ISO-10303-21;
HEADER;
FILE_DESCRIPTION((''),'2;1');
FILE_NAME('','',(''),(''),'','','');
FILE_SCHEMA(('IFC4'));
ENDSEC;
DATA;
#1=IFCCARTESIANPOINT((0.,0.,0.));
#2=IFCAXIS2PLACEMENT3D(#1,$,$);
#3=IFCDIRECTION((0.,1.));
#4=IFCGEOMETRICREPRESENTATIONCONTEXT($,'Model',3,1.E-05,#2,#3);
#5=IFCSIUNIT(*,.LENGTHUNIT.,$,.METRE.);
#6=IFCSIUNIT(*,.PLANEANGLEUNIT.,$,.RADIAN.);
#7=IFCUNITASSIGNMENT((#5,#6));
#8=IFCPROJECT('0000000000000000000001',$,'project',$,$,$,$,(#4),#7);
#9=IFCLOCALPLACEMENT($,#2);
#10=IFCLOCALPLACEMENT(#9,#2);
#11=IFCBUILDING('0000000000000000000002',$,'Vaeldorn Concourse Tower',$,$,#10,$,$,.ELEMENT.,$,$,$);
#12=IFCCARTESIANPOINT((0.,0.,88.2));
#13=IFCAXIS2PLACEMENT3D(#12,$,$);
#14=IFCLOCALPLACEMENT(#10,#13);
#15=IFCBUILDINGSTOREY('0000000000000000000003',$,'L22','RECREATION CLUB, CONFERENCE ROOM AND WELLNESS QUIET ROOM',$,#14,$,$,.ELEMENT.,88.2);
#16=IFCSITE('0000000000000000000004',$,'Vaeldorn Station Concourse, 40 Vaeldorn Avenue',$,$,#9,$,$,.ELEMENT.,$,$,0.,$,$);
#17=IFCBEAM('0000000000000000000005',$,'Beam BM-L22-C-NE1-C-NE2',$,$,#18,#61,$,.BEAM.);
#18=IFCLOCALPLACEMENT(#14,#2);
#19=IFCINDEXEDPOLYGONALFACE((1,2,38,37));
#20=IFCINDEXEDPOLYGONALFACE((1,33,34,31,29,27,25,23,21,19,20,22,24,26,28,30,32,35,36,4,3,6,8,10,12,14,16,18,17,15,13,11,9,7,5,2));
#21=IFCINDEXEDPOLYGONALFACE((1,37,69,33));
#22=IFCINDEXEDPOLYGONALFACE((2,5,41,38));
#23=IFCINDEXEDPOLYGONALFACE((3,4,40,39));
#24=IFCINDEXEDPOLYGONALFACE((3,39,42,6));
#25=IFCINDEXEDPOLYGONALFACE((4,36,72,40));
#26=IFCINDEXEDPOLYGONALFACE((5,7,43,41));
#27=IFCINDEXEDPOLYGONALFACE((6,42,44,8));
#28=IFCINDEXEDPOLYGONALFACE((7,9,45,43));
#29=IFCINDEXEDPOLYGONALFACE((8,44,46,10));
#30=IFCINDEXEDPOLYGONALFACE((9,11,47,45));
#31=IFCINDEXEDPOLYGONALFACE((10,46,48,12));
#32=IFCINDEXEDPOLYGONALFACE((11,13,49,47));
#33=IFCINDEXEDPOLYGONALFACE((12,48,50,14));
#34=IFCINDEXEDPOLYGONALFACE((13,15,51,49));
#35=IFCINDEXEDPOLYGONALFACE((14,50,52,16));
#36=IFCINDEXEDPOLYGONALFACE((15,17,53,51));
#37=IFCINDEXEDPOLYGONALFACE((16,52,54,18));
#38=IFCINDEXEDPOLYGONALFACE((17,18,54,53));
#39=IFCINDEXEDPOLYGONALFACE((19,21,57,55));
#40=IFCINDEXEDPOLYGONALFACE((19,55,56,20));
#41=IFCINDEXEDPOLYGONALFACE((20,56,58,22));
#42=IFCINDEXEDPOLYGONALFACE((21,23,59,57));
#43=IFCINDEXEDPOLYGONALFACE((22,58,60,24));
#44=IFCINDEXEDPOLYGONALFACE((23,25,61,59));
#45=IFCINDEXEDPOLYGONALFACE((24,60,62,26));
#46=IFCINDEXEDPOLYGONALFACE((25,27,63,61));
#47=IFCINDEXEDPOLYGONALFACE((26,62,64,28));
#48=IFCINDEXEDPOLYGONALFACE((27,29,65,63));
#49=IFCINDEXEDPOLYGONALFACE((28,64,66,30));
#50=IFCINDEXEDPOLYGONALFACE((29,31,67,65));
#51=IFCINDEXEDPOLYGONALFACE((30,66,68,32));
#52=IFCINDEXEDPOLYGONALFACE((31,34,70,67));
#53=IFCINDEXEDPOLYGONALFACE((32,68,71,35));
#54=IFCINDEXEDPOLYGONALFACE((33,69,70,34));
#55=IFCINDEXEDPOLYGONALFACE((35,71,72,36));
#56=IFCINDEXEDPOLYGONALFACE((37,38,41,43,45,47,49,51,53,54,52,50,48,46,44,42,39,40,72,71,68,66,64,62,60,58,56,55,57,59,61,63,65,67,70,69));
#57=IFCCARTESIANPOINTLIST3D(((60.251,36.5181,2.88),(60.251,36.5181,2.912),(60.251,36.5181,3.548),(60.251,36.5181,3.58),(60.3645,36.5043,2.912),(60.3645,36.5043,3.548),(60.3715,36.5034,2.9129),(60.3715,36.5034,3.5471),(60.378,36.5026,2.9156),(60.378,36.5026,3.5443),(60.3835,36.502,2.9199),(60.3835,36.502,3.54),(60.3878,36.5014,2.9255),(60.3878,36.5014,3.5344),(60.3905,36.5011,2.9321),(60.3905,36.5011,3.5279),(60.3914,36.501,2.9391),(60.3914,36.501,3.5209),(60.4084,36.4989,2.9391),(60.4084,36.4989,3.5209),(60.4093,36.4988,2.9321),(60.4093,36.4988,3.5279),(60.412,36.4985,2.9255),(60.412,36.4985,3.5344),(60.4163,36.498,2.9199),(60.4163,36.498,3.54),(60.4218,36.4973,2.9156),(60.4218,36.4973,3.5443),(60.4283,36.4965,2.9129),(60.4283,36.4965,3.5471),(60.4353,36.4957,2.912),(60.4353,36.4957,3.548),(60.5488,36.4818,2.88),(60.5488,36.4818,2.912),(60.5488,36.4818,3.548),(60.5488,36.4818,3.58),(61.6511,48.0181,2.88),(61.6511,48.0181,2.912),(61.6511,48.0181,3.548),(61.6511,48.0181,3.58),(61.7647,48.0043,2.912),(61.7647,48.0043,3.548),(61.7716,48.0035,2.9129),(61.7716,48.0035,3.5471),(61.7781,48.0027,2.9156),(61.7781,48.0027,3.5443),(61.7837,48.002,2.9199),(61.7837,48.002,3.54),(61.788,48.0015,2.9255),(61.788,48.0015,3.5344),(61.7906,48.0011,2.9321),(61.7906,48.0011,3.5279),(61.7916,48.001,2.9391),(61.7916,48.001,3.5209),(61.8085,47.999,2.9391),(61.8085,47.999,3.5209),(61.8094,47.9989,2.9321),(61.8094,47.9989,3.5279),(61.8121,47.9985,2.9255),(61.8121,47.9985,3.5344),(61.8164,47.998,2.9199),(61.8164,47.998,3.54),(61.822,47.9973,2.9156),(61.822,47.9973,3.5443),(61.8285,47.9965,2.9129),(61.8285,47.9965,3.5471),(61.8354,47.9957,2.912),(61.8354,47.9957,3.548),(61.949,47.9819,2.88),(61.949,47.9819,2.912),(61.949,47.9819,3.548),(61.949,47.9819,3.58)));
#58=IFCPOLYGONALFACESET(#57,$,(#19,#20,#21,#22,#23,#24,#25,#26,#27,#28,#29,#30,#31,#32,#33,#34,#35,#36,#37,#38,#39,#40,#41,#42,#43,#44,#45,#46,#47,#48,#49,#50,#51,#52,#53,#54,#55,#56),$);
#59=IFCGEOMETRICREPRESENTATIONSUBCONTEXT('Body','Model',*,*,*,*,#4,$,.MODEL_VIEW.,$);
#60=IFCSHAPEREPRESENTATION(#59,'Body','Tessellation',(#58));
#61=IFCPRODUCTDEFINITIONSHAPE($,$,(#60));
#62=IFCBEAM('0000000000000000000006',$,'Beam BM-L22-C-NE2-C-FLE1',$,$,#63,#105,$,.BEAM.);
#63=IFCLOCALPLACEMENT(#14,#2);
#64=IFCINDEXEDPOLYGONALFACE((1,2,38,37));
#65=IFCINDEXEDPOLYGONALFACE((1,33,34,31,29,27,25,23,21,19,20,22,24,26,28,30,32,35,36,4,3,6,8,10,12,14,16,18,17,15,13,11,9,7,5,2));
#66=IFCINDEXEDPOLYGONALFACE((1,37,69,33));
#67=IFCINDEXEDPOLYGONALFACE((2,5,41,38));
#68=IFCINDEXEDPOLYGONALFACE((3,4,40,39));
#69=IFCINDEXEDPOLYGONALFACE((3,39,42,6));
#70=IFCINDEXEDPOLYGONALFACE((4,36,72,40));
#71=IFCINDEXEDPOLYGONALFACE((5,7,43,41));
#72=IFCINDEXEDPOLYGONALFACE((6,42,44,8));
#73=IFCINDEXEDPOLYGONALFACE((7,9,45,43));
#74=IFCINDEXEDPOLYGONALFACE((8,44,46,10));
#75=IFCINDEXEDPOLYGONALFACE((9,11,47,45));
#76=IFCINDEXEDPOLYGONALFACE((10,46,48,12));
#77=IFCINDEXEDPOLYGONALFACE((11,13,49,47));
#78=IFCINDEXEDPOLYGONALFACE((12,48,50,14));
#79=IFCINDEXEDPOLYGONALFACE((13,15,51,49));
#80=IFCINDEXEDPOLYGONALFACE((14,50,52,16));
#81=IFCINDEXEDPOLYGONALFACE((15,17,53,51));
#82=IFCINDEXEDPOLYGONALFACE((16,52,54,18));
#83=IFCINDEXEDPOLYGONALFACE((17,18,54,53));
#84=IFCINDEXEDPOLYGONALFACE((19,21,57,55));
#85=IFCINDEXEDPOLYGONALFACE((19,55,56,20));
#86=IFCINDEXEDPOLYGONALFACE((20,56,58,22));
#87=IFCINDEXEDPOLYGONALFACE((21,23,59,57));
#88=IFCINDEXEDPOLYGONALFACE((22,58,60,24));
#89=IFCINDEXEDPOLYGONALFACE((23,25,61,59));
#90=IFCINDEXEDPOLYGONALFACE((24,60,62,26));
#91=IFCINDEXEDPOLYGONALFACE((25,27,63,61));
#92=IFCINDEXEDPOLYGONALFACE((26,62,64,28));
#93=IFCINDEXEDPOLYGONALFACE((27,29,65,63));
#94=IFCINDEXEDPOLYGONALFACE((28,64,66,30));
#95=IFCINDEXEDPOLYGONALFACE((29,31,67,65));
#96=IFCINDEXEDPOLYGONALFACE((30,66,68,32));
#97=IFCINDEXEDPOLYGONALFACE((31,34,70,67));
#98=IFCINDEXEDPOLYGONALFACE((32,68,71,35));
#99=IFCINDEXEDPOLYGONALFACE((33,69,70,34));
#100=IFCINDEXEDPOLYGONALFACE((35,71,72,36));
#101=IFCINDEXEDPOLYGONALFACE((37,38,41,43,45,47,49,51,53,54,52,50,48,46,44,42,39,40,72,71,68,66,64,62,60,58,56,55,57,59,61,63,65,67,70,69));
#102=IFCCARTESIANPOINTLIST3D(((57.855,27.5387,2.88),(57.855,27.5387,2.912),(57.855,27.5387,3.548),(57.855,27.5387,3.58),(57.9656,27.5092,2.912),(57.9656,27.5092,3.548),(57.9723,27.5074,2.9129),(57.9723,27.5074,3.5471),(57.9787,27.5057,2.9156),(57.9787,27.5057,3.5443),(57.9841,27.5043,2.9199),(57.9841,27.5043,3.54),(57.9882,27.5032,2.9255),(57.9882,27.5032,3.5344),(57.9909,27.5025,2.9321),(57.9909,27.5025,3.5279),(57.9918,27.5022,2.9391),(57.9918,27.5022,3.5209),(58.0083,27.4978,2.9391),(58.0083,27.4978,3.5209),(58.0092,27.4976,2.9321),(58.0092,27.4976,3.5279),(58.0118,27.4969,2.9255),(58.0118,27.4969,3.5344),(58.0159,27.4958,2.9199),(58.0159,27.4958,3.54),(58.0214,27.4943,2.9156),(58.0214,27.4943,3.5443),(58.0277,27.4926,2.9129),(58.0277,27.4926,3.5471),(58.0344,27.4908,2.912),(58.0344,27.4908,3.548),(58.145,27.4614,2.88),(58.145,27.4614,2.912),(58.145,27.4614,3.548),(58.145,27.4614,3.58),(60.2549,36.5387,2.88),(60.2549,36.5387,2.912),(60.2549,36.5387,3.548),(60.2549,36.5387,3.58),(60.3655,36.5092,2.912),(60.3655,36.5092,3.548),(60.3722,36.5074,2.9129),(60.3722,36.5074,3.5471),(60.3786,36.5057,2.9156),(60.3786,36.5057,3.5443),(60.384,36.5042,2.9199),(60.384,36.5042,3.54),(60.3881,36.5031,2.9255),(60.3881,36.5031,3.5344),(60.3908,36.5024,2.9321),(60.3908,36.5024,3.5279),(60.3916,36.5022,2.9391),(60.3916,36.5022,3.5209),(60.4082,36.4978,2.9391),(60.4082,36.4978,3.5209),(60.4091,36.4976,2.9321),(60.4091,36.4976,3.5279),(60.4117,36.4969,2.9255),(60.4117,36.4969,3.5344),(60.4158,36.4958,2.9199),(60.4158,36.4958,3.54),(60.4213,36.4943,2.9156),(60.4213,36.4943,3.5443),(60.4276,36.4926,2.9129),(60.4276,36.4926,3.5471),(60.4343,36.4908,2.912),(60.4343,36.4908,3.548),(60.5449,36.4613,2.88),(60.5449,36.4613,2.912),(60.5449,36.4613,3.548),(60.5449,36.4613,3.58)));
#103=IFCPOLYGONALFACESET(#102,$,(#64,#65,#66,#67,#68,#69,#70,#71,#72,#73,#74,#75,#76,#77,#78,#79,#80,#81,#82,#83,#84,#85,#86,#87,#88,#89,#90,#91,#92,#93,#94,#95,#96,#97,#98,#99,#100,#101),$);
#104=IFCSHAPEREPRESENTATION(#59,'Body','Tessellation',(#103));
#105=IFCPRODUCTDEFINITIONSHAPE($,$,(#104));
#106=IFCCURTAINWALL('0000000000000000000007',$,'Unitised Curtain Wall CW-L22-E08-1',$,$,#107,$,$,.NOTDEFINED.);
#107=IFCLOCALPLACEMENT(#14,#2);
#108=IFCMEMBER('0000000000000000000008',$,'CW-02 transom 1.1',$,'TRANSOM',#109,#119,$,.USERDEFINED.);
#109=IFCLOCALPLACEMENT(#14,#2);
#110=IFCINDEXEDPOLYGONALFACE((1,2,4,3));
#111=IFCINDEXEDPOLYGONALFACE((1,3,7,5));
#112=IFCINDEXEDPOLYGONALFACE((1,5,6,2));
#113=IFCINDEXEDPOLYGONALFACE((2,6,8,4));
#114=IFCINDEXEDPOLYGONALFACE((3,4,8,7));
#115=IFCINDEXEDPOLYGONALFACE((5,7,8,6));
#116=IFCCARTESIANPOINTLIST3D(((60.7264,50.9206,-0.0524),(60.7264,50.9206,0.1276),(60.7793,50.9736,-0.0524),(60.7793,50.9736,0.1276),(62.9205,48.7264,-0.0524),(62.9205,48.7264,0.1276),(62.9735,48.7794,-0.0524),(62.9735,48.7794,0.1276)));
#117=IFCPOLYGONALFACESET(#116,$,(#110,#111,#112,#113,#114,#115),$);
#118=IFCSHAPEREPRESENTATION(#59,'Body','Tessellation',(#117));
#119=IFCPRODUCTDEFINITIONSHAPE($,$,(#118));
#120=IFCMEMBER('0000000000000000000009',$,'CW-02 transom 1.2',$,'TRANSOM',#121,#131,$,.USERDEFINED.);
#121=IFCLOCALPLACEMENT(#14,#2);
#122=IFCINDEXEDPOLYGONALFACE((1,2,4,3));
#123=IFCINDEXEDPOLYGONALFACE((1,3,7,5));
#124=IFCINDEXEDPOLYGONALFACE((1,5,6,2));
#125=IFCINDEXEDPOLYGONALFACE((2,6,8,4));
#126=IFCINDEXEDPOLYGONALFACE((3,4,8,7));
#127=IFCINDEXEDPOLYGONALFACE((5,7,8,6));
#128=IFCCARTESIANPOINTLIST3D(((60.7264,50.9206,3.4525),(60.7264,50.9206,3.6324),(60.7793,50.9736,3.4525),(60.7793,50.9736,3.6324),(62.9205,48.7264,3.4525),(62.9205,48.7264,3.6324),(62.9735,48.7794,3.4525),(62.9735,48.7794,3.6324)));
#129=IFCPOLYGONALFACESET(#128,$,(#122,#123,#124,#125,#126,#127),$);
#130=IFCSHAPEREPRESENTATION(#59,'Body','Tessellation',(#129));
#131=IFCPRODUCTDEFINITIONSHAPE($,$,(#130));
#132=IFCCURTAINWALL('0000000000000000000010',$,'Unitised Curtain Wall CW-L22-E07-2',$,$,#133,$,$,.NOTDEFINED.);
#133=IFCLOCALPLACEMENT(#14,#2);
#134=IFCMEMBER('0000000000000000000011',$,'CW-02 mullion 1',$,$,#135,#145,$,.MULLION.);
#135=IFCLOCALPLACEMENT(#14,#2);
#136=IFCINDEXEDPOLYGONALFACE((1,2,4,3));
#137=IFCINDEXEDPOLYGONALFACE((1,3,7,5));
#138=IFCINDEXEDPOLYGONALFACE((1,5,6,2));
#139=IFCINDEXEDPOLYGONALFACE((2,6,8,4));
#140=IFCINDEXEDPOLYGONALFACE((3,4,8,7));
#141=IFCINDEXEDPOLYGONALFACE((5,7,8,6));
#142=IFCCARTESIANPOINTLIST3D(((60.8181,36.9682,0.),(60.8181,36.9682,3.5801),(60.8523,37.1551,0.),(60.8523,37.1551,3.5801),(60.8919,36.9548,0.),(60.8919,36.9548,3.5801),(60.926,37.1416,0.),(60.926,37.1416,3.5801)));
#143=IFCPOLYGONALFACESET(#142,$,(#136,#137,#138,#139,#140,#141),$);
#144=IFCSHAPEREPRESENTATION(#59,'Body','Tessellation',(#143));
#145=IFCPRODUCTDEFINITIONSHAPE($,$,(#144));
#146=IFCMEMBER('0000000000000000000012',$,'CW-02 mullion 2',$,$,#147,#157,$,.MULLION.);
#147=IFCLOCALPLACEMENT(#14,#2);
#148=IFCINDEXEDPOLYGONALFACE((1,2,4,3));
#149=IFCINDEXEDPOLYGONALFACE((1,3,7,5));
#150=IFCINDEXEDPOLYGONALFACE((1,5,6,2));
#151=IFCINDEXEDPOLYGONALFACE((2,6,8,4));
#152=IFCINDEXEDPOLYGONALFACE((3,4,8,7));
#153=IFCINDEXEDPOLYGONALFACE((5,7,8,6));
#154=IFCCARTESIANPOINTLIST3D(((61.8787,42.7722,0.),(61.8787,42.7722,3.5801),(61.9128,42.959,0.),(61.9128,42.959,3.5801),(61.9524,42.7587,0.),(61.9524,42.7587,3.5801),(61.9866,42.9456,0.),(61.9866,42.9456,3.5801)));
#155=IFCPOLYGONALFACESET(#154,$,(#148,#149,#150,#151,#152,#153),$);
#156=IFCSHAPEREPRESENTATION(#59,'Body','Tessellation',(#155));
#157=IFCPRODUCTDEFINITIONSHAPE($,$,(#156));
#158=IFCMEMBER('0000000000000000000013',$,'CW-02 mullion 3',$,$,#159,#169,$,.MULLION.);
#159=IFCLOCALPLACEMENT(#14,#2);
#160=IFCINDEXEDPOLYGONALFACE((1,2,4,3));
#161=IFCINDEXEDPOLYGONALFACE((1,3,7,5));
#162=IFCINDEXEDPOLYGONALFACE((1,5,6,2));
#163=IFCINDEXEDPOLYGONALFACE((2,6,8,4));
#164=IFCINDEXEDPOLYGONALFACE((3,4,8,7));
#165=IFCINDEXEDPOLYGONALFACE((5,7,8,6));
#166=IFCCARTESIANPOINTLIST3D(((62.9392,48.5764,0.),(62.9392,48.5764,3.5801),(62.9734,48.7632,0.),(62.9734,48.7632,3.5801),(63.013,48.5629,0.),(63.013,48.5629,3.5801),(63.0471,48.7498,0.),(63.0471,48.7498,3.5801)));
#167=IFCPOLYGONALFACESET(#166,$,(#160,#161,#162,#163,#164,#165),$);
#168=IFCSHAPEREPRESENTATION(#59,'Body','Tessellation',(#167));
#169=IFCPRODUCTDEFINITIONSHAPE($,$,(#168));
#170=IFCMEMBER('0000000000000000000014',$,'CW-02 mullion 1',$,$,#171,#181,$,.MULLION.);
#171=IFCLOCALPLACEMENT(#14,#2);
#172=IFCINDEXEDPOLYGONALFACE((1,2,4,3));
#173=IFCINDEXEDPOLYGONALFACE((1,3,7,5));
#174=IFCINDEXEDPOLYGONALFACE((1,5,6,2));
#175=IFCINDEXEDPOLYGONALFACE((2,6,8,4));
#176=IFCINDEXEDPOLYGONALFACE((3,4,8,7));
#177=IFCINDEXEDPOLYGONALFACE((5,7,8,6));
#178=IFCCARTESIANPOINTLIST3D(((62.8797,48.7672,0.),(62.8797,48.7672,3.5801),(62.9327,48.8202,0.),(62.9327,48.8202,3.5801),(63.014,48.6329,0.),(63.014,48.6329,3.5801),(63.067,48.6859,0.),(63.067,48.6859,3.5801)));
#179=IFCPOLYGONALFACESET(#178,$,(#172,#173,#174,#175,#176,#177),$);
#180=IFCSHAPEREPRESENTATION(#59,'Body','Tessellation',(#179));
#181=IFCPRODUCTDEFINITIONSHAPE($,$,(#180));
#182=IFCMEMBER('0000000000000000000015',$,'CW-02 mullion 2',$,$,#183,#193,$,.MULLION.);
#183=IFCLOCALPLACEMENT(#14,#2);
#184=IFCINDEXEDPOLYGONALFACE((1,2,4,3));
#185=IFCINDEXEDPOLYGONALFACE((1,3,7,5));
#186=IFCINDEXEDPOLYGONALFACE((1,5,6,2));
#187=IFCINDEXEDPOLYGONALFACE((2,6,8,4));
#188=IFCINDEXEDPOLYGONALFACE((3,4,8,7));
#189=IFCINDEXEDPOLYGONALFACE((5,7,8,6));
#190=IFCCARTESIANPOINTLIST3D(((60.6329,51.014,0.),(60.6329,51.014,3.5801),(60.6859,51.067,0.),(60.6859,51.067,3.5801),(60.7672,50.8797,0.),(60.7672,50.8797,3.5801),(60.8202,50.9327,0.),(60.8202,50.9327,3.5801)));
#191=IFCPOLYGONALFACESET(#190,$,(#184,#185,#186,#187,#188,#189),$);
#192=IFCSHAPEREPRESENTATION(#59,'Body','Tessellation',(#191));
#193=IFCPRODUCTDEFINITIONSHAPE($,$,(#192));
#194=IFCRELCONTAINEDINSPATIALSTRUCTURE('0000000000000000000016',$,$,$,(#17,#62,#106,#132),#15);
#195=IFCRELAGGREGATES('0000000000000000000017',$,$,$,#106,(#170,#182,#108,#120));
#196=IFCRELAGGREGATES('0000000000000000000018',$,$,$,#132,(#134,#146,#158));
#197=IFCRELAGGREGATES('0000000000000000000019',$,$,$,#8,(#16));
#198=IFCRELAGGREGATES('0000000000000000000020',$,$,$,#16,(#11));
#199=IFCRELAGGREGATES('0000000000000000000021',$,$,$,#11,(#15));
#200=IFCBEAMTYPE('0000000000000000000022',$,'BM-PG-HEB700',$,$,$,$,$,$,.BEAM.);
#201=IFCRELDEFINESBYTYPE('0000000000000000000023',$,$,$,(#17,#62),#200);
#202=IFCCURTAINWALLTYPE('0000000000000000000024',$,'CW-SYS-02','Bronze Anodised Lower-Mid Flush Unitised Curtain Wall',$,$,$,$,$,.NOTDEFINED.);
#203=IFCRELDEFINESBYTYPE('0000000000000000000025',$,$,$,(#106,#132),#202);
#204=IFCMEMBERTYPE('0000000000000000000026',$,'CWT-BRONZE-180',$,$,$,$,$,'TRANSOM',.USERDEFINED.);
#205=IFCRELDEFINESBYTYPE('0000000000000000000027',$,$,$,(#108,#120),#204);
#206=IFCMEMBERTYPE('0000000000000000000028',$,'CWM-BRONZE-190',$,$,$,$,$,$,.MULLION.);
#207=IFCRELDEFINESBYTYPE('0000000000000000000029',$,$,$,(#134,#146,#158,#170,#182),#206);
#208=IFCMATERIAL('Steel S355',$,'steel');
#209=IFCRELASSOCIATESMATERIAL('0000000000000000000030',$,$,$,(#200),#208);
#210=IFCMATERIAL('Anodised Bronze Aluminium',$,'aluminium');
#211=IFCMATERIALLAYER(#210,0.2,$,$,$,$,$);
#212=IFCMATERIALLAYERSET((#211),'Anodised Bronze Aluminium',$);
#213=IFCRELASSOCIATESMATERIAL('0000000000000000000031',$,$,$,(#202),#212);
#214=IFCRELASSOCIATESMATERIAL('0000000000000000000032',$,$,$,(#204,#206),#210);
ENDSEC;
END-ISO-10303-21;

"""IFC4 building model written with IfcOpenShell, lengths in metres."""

from ifc_helpers import new_model, si_unit, direction, frame, origin, origin_2d, place, context, subcontext, project, spatial, rectangle, i_section, extrude, source, transform, mapped, material, layer, layer_set, material_profile, profile_set, type_object, element, aggregate, save


model = new_model("IFC4")

# Units and contexts
model_context = context("Model", 3, precision=1e-05, world=origin(), true_north=direction((0.0, 1.0)))
body_context = subcontext(model_context, "Body", "Model", "MODEL_VIEW")
ifc_project = project(units=[si_unit("LENGTHUNIT", "METRE"), si_unit("PLANEANGLEUNIT", "RADIAN")], contexts=[model_context])

# Site, building, storey
site_placement = place(None, origin())
site = spatial("IfcSite", under=ifc_project, at=site_placement, Name="Vaeldorn Station Concourse, 40 Vaeldorn Avenue", CompositionType="ELEMENT", RefElevation=0.0)
building_placement = place(site_placement, origin())
building = spatial("IfcBuilding", under=site, at=building_placement, Name="Vaeldorn Concourse Tower", CompositionType="ELEMENT")
storey_placement = place(building_placement, frame((0.0, 0.0, 88.2)))
storey = spatial("IfcBuildingStorey", under=building, at=storey_placement, Name="L22", Description="RECREATION CLUB, CONFERENCE ROOM AND WELLNESS QUIET ROOM", CompositionType="ELEMENT", Elevation=88.2)

# Beams
ifc_material_1 = material(Name="Steel S355", Category="steel")
ifc_material_profile_1 = material_profile(ifc_material_1, i_section(OverallWidth=0.3, OverallDepth=0.7, WebThickness=0.0171, FlangeThickness=0.032, FilletRadius=0.0271, at=origin_2d()), Name="HEB 700")
ifc_profile_set_1 = profile_set([ifc_material_profile_1], Name="Steel S355")
beam_type = type_object("IfcBeamType", Name="BM-PG-HEB700", PredefinedType="BEAM", material=ifc_profile_set_1)
shared_shape_1 = source(origin(), body_context, "Body", "SweptSolid", [
    extrude(i_section(OverallWidth=0.3, OverallDepth=0.7, WebThickness=0.0171, FlangeThickness=0.032, FilletRadius=0.0271, at=origin_2d()), origin(), (0.0, 0.0, 1.0), 11.585),
])
beam_1_placement = place(storey_placement, frame((61.8, 48.0, 3.23), z_axis=(-0.120859, -0.99267, 0.0), x_axis=(0.99267, -0.120859, 0.0)))
element("IfcBeam", 1, at=beam_1_placement, inside=storey, type_object=beam_type, Name="Beam BM-L22-C-NE1-C-NE2", PredefinedType="BEAM", context=body_context, shape_type="MappedRepresentation", body=[
    mapped(shared_shape_1, transform((0.0, 0.0, 0.0), scale=1.0)),
])
shared_shape_2 = source(origin(), body_context, "Body", "SweptSolid", [
    extrude(i_section(OverallWidth=0.3, OverallDepth=0.7, WebThickness=0.0171, FlangeThickness=0.032, FilletRadius=0.0271, at=origin_2d()), origin(), (0.0, 0.0, 1.0), 9.3145),
])
beam_2_placement = place(storey_placement, frame((60.3999, 36.5, 3.23), z_axis=(-0.257653, -0.966238, 0.0), x_axis=(0.966238, -0.257653, 0.0)))
element("IfcBeam", 2, at=beam_2_placement, inside=storey, type_object=beam_type, Name="Beam BM-L22-C-NE2-C-FLE1", PredefinedType="BEAM", context=body_context, shape_type="MappedRepresentation", body=[
    mapped(shared_shape_2, transform((0.0, 0.0, 0.0), scale=1.0)),
])

# Curtain walls, members
ifc_material_2 = material(Name="Anodised Bronze Aluminium", Category="aluminium")
ifc_layer_1 = layer(ifc_material_2, 0.2)
ifc_layer_set_1 = layer_set([ifc_layer_1], Name="Anodised Bronze Aluminium")
curtain_wall_type = type_object("IfcCurtainWallType", Name="CW-SYS-02", Description="Bronze Anodised Lower-Mid Flush Unitised Curtain Wall", PredefinedType="NOTDEFINED", material=ifc_layer_set_1)
curtain_wall_1_placement = place(storey_placement, origin())
curtain_wall_1 = element("IfcCurtainWall", 3, at=curtain_wall_1_placement, inside=storey, type_object=curtain_wall_type, Name="Unitised Curtain Wall CW-L22-E08-1", PredefinedType="NOTDEFINED")
ifc_material_profile_2 = material_profile(ifc_material_2, rectangle(XDim=0.075, YDim=0.1799, at=origin_2d()), Name="CWT 75x180")
ifc_profile_set_2 = profile_set([ifc_material_profile_2], Name="Anodised Bronze Aluminium")
member_type_1 = type_object("IfcMemberType", Name="CWT-BRONZE-180", ElementType="TRANSOM", PredefinedType="USERDEFINED", material=ifc_profile_set_2)
shared_shape_3 = source(origin(), body_context, "Body", "SweptSolid", [
    extrude(rectangle(XDim=0.075, YDim=0.1799, at=origin_2d()), origin(), (0.0, 0.0, 1.0), 3.103),
])
member_1_placement = place(storey_placement, frame((62.947, 48.7529, 0.0376), z_axis=(-0.707107, 0.707107, 0.0), x_axis=(-0.707107, -0.707107, 0.0)))
member_1 = element("IfcMember", 4, at=member_1_placement, type_object=member_type_1, Name="CW-02 transom 1.1", ObjectType="TRANSOM", PredefinedType="USERDEFINED", context=body_context, shape_type="MappedRepresentation", body=[
    mapped(shared_shape_3, transform((0.0, 0.0, 0.0), scale=1.0)),
])
member_2_placement = place(storey_placement, frame((62.947, 48.7529, 3.5425), z_axis=(-0.707107, 0.707107, 0.0), x_axis=(-0.707107, -0.707107, 0.0)))
member_2 = element("IfcMember", 5, at=member_2_placement, type_object=member_type_1, Name="CW-02 transom 1.2", ObjectType="TRANSOM", PredefinedType="USERDEFINED", context=body_context, shape_type="MappedRepresentation", body=[
    mapped(shared_shape_3, transform((0.0, 0.0, 0.0), scale=1.0)),
])
curtain_wall_2_placement = place(storey_placement, origin())
curtain_wall_2 = element("IfcCurtainWall", 6, at=curtain_wall_2_placement, inside=storey, type_object=curtain_wall_type, Name="Unitised Curtain Wall CW-L22-E07-2", PredefinedType="NOTDEFINED")
ifc_material_profile_3 = material_profile(ifc_material_2, rectangle(XDim=0.075, YDim=0.1899, at=origin_2d()), Name="CWM 75x190")
ifc_profile_set_3 = profile_set([ifc_material_profile_3], Name="Anodised Bronze Aluminium")
member_type_2 = type_object("IfcMemberType", Name="CWM-BRONZE-190", PredefinedType="MULLION", material=ifc_profile_set_3)
shared_shape_4 = source(origin(), body_context, "Body", "SweptSolid", [
    extrude(rectangle(XDim=0.075, YDim=0.1899, at=origin_2d()), origin(), (0.0, 0.0, 1.0), 3.5801),
])
member_3_placement = place(storey_placement, frame((60.8721, 37.0549, 0.0), z_axis=(0.0, 0.0, 1.0), x_axis=(-0.983712, 0.179749, 0.0)))
member_3 = element("IfcMember", 7, at=member_3_placement, type_object=member_type_2, Name="CW-02 mullion 1", PredefinedType="MULLION", context=body_context, shape_type="MappedRepresentation", body=[
    mapped(shared_shape_4, transform((0.0, 0.0, 0.0), scale=1.0)),
])
member_4_placement = place(storey_placement, frame((61.9326, 42.8589, 0.0), z_axis=(0.0, 0.0, 1.0), x_axis=(-0.983712, 0.179749, 0.0)))
member_4 = element("IfcMember", 8, at=member_4_placement, type_object=member_type_2, Name="CW-02 mullion 2", PredefinedType="MULLION", context=body_context, shape_type="MappedRepresentation", body=[
    mapped(shared_shape_4, transform((0.0, 0.0, 0.0), scale=1.0)),
])
member_5_placement = place(storey_placement, frame((62.9932, 48.6631, 0.0), z_axis=(0.0, 0.0, 1.0), x_axis=(-0.983712, 0.179749, 0.0)))
member_5 = element("IfcMember", 9, at=member_5_placement, type_object=member_type_2, Name="CW-02 mullion 3", PredefinedType="MULLION", context=body_context, shape_type="MappedRepresentation", body=[
    mapped(shared_shape_4, transform((0.0, 0.0, 0.0), scale=1.0)),
])

# Members
member_6_placement = place(storey_placement, frame((62.9734, 48.7266, 0.0), z_axis=(0.0, 0.0, 1.0), x_axis=(-0.707107, -0.707107, 0.0)))
member_6 = element("IfcMember", 10, at=member_6_placement, type_object=member_type_2, Name="CW-02 mullion 1", PredefinedType="MULLION", context=body_context, shape_type="MappedRepresentation", body=[
    mapped(shared_shape_4, transform((0.0, 0.0, 0.0), scale=1.0)),
])
member_7_placement = place(storey_placement, frame((60.7266, 50.9734, 0.0), z_axis=(0.0, 0.0, 1.0), x_axis=(-0.707107, -0.707107, 0.0)))
member_7 = element("IfcMember", 11, at=member_7_placement, type_object=member_type_2, Name="CW-02 mullion 2", PredefinedType="MULLION", context=body_context, shape_type="MappedRepresentation", body=[
    mapped(shared_shape_4, transform((0.0, 0.0, 0.0), scale=1.0)),
])

aggregate(curtain_wall_1, [member_6, member_7, member_1, member_2])
aggregate(curtain_wall_2, [member_3, member_4, member_5])

save(model, "model.ifc")
